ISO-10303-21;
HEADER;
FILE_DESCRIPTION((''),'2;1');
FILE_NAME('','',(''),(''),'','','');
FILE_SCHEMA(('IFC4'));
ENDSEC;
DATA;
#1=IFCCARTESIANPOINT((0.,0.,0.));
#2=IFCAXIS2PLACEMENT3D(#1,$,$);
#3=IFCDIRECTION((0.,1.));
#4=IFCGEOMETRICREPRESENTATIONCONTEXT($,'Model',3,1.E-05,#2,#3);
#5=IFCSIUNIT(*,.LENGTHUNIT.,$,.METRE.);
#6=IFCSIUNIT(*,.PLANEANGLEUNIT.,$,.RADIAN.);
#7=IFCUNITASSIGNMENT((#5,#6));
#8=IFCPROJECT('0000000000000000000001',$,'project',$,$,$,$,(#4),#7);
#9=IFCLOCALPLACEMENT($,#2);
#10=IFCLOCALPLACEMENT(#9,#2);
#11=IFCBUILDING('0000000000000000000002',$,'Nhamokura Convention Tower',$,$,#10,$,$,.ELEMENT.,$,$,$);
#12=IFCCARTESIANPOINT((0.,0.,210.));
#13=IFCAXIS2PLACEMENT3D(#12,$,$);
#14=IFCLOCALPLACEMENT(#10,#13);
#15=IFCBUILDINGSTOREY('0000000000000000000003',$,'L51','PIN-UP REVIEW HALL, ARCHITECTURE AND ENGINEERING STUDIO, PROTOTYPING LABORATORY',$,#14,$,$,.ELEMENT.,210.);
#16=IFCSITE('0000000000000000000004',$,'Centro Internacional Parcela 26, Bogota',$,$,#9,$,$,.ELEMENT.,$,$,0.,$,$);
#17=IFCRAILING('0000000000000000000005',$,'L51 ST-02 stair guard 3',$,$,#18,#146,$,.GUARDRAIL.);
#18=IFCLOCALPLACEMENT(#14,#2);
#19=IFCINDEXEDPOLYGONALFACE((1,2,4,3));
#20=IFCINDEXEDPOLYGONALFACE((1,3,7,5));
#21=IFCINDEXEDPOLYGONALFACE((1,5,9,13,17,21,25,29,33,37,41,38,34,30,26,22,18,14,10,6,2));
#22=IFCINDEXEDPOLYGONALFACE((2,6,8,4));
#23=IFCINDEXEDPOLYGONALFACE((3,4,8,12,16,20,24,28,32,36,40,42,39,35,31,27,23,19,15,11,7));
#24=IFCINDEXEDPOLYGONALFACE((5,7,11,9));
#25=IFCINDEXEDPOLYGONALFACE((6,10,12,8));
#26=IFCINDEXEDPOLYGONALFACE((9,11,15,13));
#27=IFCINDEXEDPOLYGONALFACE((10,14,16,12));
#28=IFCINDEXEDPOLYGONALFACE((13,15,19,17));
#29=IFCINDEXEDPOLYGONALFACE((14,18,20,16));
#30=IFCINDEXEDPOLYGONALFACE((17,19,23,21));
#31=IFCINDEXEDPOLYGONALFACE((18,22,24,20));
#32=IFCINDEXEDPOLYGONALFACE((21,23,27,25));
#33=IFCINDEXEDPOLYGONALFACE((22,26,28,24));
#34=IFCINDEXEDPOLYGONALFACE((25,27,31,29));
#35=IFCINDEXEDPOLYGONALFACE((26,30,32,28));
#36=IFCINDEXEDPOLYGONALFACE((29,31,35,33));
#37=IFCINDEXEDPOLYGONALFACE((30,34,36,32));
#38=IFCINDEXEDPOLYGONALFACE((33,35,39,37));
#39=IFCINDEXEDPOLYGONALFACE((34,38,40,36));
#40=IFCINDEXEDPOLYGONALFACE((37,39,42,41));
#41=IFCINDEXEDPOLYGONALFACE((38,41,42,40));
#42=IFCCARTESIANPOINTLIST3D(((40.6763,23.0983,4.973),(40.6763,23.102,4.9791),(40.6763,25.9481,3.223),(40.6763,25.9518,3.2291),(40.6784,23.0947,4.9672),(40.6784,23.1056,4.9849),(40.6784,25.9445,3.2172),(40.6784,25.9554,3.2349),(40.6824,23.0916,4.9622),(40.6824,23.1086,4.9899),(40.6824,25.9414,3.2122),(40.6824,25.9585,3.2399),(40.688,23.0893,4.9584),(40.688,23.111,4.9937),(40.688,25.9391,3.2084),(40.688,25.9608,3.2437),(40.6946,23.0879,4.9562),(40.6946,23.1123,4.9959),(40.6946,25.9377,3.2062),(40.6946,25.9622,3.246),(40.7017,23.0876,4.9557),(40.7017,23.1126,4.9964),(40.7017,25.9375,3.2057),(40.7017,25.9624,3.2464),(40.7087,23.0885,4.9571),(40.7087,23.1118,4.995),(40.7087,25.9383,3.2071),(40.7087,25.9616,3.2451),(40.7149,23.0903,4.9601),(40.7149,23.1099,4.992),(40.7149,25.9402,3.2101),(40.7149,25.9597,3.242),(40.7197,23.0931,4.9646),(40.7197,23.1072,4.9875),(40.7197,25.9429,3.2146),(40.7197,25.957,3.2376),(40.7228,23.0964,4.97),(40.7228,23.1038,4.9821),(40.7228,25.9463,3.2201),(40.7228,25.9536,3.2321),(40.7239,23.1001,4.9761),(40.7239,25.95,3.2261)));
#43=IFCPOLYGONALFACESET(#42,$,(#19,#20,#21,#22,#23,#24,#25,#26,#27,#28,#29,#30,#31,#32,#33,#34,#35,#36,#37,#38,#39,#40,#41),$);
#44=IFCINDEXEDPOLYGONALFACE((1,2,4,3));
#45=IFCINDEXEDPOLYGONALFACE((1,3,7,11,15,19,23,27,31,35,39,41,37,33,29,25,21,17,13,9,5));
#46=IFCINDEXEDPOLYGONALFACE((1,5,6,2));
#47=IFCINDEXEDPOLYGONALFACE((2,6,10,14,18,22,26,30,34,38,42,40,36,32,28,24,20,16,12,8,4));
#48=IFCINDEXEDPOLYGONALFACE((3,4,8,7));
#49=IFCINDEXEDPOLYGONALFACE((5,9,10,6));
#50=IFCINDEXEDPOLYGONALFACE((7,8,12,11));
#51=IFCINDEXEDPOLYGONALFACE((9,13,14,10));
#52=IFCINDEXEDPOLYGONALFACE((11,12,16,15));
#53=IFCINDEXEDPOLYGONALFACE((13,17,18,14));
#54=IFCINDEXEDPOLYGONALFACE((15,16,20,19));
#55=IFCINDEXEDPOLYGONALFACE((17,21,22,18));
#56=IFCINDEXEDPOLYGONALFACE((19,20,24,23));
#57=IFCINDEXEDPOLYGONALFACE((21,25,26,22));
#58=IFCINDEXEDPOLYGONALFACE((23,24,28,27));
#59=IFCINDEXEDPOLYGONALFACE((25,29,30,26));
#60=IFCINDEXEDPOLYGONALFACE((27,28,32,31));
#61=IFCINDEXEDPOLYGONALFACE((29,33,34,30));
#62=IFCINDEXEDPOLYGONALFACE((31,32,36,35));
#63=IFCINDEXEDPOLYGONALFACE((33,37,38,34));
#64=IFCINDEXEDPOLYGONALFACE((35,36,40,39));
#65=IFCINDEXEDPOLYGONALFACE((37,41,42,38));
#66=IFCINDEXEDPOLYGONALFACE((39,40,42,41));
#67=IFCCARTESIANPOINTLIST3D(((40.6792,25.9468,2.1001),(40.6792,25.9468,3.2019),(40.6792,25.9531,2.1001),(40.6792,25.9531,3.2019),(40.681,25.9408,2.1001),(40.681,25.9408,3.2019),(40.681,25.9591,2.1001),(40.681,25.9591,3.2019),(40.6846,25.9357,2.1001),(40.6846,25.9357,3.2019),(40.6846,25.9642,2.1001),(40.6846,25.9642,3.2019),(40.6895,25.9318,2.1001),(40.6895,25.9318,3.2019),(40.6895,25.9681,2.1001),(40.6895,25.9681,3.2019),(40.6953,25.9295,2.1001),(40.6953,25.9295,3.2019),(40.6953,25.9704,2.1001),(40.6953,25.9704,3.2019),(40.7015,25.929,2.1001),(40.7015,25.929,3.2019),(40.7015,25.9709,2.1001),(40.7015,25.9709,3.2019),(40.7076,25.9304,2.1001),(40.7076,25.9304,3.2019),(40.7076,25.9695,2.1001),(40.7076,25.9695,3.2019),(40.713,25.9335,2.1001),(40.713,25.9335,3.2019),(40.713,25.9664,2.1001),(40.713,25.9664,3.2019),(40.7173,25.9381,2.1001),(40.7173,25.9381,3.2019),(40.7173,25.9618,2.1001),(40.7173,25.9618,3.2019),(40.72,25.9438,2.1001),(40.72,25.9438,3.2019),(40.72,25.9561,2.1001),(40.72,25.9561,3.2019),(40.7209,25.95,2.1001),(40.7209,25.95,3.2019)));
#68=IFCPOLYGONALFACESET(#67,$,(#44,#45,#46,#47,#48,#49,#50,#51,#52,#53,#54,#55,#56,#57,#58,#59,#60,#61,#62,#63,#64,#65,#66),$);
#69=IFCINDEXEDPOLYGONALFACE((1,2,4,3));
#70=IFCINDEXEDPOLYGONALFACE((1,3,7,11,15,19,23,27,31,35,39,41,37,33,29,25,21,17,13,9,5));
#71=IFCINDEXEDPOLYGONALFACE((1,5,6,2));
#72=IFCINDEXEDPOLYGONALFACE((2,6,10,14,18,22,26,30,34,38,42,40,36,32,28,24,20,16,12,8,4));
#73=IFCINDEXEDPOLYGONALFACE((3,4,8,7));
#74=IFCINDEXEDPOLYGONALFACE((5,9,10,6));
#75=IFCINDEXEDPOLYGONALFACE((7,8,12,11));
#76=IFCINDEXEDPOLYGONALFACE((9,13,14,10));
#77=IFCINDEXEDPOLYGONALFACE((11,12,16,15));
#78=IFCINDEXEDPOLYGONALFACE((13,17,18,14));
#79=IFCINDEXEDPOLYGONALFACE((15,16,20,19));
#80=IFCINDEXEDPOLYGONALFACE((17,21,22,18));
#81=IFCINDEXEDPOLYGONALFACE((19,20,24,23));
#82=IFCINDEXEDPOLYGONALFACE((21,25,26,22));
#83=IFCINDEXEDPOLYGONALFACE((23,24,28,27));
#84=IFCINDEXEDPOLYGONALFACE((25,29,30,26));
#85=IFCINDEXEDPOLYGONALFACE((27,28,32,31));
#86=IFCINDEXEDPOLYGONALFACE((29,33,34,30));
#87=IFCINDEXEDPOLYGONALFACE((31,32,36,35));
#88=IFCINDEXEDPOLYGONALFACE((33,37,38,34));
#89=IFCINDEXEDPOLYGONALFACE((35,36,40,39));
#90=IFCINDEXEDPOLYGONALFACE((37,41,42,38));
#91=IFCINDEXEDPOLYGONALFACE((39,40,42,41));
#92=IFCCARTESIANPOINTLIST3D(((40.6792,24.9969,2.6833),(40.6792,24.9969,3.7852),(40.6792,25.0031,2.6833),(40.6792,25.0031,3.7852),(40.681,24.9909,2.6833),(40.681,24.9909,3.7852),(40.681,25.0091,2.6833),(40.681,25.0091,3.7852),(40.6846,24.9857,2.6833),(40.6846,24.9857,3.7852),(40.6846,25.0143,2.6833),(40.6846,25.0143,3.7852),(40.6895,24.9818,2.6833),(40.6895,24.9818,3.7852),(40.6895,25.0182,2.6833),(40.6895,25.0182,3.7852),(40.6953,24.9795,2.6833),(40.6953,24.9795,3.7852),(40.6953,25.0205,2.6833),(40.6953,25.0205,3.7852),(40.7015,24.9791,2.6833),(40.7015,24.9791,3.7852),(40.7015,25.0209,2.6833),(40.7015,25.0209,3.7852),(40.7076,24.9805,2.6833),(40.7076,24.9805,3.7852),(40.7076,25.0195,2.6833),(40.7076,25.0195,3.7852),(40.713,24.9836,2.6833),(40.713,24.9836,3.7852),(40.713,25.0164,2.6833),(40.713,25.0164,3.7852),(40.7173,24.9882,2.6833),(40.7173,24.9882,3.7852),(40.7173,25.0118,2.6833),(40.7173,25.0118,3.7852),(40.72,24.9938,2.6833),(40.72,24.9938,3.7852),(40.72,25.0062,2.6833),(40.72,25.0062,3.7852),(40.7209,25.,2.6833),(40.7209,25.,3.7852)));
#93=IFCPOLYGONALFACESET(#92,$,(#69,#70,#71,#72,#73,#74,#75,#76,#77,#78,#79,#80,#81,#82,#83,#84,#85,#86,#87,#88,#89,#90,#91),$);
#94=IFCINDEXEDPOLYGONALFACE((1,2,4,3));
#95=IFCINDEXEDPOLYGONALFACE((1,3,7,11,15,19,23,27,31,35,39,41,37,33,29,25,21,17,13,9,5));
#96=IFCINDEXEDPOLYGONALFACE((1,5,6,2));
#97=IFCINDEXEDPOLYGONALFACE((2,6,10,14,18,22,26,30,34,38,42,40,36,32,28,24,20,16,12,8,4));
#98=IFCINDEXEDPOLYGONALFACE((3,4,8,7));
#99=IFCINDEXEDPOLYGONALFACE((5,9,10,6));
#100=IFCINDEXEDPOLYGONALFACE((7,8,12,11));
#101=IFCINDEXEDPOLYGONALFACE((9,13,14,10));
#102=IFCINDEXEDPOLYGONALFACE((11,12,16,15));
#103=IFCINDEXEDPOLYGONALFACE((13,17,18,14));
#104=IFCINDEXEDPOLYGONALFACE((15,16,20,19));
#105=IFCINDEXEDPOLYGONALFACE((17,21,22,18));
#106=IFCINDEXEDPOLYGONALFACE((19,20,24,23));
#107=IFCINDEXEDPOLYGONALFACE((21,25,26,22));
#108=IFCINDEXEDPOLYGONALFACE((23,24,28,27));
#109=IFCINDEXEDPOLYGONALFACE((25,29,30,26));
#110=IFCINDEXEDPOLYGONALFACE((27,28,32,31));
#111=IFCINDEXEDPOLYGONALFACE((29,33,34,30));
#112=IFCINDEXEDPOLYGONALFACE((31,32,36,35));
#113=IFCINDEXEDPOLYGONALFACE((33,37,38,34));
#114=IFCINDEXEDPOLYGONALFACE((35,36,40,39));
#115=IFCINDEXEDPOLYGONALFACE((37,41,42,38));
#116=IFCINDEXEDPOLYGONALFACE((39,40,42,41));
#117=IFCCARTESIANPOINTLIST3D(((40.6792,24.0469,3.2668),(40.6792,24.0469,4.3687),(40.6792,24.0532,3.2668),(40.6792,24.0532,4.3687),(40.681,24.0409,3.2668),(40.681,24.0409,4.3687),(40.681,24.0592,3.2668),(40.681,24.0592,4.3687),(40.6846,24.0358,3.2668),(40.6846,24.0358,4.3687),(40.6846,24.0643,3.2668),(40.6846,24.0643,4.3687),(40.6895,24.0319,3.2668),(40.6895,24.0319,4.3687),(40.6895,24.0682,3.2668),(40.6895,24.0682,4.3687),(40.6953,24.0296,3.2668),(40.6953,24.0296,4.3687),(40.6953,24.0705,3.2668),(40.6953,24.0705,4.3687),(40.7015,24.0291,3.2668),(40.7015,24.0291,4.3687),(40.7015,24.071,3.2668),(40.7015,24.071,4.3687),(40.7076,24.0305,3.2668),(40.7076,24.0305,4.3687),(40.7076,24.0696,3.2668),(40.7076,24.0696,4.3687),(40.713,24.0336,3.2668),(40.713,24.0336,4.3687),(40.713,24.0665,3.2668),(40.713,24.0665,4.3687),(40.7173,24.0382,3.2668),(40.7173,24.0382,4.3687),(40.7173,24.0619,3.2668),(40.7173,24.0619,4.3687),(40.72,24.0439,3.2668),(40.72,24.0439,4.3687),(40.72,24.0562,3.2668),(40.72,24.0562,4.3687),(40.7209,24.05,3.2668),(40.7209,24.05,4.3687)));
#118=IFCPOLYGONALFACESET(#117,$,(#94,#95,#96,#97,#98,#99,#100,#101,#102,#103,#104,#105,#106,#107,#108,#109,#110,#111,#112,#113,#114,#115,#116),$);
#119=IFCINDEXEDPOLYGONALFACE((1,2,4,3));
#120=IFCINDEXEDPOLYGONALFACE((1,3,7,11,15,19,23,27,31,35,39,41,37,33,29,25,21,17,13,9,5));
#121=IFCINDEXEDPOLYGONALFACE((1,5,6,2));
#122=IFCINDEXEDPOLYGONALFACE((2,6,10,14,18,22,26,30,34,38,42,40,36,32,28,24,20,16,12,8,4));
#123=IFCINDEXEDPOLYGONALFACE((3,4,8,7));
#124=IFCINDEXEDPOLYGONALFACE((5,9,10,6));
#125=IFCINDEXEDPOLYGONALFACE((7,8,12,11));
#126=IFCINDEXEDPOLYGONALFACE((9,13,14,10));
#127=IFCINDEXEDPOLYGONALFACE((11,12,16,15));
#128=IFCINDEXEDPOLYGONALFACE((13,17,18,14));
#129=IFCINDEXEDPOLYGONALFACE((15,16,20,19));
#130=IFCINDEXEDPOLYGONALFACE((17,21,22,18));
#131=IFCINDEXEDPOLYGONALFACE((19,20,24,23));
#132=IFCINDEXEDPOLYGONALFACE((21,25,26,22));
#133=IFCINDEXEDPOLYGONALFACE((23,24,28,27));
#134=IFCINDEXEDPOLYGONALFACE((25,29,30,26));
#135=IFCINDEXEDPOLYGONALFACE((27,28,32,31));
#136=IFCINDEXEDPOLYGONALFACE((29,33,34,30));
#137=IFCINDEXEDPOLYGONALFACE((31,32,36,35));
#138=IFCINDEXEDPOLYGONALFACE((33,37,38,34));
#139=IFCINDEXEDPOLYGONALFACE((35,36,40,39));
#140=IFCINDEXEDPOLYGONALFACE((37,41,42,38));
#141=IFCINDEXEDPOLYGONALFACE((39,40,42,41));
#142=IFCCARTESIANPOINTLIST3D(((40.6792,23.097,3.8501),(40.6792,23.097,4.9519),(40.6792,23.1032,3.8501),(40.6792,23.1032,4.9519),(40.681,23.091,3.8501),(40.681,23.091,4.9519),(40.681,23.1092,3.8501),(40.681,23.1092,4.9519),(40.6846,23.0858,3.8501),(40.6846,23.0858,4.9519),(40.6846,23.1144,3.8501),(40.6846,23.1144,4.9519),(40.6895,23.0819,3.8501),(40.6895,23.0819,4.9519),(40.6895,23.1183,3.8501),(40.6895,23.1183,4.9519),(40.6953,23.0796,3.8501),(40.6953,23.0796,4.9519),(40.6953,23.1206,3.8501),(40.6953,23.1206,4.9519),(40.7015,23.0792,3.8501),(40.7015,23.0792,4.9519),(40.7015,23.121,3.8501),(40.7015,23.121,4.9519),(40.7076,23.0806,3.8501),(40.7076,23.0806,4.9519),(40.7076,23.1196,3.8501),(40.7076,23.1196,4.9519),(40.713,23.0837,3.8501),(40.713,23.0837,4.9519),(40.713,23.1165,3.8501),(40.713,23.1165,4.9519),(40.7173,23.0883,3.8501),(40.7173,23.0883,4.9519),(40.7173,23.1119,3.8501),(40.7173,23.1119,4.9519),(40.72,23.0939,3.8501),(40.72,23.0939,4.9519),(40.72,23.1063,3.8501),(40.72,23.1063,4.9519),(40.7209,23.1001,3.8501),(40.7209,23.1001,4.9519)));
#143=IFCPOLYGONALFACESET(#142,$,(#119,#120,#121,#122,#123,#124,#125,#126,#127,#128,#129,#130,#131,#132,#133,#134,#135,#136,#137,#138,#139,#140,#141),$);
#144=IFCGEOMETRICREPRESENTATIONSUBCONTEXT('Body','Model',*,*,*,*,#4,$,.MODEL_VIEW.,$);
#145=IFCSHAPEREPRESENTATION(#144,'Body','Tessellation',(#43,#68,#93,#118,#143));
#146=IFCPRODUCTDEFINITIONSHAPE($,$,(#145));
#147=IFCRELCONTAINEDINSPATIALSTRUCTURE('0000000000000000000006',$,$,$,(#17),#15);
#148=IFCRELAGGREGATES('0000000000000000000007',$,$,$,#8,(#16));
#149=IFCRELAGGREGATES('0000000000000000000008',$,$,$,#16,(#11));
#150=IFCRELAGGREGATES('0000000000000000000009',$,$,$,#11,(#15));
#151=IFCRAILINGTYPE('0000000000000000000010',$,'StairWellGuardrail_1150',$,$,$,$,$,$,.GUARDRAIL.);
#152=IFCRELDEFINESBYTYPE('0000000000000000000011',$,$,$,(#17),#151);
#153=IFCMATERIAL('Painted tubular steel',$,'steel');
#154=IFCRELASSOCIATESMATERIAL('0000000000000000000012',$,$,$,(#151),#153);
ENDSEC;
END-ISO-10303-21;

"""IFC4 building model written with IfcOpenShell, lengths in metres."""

from ifc_helpers import new_model, si_unit, direction, frame, origin, origin_2d, place, context, subcontext, project, spatial, circle, extrude, material, type_object, element, save


model = new_model("IFC4")

# Units and contexts
model_context = context("Model", 3, precision=1e-05, world=origin(), true_north=direction((0.0, 1.0)))
body_context = subcontext(model_context, "Body", "Model", "MODEL_VIEW")
ifc_project = project(units=[si_unit("LENGTHUNIT", "METRE"), si_unit("PLANEANGLEUNIT", "RADIAN")], contexts=[model_context])

# Site, building, storey
site_placement = place(None, origin())
site = spatial("IfcSite", under=ifc_project, at=site_placement, Name="Centro Internacional Parcela 26, Bogota", CompositionType="ELEMENT", RefElevation=0.0)
building_placement = place(site_placement, origin())
building = spatial("IfcBuilding", under=site, at=building_placement, Name="Nhamokura Convention Tower", CompositionType="ELEMENT")
storey_placement = place(building_placement, frame((0.0, 0.0, 210.0)))
storey = spatial("IfcBuildingStorey", under=building, at=storey_placement, Name="L51", Description="PIN-UP REVIEW HALL, ARCHITECTURE AND ENGINEERING STUDIO, PROTOTYPING LABORATORY", CompositionType="ELEMENT", Elevation=210.0)

# Railing
ifc_material_1 = material(Name="Painted tubular steel", Category="steel")
railing_type_1 = type_object("IfcRailingType", Name="StairWellGuardrail_1150", PredefinedType="GUARDRAIL", material=ifc_material_1)
railing_1_placement = place(storey_placement, frame((40.7, 25.95, 2.1001)))
element("IfcRailing", 1, at=railing_1_placement, inside=storey, type_object=railing_type_1, Name="L51 ST-02 stair guard 3", PredefinedType="GUARDRAIL", context=body_context, shape_type="SweptSolid", body=[
    extrude(circle(Radius=0.0239, at=origin_2d()), frame((0.0, 0.0, 1.126), z_axis=(0.0, -0.852159, 0.523283), x_axis=(1.0, 0.0, 0.0)), (0.0, 0.0, 1.0), 3.3442),
    extrude(circle(Radius=0.021, at=origin_2d()), origin(), (0.0, 0.0, 1.0), 1.1018),
    extrude(circle(Radius=0.021, at=origin_2d()), frame((0.0, -0.95, 0.5833)), (0.0, 0.0, 1.0), 1.1018),
    extrude(circle(Radius=0.021, at=origin_2d()), frame((0.0, -1.8999, 1.1667)), (0.0, 0.0, 1.0), 1.1018),
    extrude(circle(Radius=0.021, at=origin_2d()), frame((0.0, -2.8499, 1.75)), (0.0, 0.0, 1.0), 1.1018),
])

save(model, "model.ifc")
